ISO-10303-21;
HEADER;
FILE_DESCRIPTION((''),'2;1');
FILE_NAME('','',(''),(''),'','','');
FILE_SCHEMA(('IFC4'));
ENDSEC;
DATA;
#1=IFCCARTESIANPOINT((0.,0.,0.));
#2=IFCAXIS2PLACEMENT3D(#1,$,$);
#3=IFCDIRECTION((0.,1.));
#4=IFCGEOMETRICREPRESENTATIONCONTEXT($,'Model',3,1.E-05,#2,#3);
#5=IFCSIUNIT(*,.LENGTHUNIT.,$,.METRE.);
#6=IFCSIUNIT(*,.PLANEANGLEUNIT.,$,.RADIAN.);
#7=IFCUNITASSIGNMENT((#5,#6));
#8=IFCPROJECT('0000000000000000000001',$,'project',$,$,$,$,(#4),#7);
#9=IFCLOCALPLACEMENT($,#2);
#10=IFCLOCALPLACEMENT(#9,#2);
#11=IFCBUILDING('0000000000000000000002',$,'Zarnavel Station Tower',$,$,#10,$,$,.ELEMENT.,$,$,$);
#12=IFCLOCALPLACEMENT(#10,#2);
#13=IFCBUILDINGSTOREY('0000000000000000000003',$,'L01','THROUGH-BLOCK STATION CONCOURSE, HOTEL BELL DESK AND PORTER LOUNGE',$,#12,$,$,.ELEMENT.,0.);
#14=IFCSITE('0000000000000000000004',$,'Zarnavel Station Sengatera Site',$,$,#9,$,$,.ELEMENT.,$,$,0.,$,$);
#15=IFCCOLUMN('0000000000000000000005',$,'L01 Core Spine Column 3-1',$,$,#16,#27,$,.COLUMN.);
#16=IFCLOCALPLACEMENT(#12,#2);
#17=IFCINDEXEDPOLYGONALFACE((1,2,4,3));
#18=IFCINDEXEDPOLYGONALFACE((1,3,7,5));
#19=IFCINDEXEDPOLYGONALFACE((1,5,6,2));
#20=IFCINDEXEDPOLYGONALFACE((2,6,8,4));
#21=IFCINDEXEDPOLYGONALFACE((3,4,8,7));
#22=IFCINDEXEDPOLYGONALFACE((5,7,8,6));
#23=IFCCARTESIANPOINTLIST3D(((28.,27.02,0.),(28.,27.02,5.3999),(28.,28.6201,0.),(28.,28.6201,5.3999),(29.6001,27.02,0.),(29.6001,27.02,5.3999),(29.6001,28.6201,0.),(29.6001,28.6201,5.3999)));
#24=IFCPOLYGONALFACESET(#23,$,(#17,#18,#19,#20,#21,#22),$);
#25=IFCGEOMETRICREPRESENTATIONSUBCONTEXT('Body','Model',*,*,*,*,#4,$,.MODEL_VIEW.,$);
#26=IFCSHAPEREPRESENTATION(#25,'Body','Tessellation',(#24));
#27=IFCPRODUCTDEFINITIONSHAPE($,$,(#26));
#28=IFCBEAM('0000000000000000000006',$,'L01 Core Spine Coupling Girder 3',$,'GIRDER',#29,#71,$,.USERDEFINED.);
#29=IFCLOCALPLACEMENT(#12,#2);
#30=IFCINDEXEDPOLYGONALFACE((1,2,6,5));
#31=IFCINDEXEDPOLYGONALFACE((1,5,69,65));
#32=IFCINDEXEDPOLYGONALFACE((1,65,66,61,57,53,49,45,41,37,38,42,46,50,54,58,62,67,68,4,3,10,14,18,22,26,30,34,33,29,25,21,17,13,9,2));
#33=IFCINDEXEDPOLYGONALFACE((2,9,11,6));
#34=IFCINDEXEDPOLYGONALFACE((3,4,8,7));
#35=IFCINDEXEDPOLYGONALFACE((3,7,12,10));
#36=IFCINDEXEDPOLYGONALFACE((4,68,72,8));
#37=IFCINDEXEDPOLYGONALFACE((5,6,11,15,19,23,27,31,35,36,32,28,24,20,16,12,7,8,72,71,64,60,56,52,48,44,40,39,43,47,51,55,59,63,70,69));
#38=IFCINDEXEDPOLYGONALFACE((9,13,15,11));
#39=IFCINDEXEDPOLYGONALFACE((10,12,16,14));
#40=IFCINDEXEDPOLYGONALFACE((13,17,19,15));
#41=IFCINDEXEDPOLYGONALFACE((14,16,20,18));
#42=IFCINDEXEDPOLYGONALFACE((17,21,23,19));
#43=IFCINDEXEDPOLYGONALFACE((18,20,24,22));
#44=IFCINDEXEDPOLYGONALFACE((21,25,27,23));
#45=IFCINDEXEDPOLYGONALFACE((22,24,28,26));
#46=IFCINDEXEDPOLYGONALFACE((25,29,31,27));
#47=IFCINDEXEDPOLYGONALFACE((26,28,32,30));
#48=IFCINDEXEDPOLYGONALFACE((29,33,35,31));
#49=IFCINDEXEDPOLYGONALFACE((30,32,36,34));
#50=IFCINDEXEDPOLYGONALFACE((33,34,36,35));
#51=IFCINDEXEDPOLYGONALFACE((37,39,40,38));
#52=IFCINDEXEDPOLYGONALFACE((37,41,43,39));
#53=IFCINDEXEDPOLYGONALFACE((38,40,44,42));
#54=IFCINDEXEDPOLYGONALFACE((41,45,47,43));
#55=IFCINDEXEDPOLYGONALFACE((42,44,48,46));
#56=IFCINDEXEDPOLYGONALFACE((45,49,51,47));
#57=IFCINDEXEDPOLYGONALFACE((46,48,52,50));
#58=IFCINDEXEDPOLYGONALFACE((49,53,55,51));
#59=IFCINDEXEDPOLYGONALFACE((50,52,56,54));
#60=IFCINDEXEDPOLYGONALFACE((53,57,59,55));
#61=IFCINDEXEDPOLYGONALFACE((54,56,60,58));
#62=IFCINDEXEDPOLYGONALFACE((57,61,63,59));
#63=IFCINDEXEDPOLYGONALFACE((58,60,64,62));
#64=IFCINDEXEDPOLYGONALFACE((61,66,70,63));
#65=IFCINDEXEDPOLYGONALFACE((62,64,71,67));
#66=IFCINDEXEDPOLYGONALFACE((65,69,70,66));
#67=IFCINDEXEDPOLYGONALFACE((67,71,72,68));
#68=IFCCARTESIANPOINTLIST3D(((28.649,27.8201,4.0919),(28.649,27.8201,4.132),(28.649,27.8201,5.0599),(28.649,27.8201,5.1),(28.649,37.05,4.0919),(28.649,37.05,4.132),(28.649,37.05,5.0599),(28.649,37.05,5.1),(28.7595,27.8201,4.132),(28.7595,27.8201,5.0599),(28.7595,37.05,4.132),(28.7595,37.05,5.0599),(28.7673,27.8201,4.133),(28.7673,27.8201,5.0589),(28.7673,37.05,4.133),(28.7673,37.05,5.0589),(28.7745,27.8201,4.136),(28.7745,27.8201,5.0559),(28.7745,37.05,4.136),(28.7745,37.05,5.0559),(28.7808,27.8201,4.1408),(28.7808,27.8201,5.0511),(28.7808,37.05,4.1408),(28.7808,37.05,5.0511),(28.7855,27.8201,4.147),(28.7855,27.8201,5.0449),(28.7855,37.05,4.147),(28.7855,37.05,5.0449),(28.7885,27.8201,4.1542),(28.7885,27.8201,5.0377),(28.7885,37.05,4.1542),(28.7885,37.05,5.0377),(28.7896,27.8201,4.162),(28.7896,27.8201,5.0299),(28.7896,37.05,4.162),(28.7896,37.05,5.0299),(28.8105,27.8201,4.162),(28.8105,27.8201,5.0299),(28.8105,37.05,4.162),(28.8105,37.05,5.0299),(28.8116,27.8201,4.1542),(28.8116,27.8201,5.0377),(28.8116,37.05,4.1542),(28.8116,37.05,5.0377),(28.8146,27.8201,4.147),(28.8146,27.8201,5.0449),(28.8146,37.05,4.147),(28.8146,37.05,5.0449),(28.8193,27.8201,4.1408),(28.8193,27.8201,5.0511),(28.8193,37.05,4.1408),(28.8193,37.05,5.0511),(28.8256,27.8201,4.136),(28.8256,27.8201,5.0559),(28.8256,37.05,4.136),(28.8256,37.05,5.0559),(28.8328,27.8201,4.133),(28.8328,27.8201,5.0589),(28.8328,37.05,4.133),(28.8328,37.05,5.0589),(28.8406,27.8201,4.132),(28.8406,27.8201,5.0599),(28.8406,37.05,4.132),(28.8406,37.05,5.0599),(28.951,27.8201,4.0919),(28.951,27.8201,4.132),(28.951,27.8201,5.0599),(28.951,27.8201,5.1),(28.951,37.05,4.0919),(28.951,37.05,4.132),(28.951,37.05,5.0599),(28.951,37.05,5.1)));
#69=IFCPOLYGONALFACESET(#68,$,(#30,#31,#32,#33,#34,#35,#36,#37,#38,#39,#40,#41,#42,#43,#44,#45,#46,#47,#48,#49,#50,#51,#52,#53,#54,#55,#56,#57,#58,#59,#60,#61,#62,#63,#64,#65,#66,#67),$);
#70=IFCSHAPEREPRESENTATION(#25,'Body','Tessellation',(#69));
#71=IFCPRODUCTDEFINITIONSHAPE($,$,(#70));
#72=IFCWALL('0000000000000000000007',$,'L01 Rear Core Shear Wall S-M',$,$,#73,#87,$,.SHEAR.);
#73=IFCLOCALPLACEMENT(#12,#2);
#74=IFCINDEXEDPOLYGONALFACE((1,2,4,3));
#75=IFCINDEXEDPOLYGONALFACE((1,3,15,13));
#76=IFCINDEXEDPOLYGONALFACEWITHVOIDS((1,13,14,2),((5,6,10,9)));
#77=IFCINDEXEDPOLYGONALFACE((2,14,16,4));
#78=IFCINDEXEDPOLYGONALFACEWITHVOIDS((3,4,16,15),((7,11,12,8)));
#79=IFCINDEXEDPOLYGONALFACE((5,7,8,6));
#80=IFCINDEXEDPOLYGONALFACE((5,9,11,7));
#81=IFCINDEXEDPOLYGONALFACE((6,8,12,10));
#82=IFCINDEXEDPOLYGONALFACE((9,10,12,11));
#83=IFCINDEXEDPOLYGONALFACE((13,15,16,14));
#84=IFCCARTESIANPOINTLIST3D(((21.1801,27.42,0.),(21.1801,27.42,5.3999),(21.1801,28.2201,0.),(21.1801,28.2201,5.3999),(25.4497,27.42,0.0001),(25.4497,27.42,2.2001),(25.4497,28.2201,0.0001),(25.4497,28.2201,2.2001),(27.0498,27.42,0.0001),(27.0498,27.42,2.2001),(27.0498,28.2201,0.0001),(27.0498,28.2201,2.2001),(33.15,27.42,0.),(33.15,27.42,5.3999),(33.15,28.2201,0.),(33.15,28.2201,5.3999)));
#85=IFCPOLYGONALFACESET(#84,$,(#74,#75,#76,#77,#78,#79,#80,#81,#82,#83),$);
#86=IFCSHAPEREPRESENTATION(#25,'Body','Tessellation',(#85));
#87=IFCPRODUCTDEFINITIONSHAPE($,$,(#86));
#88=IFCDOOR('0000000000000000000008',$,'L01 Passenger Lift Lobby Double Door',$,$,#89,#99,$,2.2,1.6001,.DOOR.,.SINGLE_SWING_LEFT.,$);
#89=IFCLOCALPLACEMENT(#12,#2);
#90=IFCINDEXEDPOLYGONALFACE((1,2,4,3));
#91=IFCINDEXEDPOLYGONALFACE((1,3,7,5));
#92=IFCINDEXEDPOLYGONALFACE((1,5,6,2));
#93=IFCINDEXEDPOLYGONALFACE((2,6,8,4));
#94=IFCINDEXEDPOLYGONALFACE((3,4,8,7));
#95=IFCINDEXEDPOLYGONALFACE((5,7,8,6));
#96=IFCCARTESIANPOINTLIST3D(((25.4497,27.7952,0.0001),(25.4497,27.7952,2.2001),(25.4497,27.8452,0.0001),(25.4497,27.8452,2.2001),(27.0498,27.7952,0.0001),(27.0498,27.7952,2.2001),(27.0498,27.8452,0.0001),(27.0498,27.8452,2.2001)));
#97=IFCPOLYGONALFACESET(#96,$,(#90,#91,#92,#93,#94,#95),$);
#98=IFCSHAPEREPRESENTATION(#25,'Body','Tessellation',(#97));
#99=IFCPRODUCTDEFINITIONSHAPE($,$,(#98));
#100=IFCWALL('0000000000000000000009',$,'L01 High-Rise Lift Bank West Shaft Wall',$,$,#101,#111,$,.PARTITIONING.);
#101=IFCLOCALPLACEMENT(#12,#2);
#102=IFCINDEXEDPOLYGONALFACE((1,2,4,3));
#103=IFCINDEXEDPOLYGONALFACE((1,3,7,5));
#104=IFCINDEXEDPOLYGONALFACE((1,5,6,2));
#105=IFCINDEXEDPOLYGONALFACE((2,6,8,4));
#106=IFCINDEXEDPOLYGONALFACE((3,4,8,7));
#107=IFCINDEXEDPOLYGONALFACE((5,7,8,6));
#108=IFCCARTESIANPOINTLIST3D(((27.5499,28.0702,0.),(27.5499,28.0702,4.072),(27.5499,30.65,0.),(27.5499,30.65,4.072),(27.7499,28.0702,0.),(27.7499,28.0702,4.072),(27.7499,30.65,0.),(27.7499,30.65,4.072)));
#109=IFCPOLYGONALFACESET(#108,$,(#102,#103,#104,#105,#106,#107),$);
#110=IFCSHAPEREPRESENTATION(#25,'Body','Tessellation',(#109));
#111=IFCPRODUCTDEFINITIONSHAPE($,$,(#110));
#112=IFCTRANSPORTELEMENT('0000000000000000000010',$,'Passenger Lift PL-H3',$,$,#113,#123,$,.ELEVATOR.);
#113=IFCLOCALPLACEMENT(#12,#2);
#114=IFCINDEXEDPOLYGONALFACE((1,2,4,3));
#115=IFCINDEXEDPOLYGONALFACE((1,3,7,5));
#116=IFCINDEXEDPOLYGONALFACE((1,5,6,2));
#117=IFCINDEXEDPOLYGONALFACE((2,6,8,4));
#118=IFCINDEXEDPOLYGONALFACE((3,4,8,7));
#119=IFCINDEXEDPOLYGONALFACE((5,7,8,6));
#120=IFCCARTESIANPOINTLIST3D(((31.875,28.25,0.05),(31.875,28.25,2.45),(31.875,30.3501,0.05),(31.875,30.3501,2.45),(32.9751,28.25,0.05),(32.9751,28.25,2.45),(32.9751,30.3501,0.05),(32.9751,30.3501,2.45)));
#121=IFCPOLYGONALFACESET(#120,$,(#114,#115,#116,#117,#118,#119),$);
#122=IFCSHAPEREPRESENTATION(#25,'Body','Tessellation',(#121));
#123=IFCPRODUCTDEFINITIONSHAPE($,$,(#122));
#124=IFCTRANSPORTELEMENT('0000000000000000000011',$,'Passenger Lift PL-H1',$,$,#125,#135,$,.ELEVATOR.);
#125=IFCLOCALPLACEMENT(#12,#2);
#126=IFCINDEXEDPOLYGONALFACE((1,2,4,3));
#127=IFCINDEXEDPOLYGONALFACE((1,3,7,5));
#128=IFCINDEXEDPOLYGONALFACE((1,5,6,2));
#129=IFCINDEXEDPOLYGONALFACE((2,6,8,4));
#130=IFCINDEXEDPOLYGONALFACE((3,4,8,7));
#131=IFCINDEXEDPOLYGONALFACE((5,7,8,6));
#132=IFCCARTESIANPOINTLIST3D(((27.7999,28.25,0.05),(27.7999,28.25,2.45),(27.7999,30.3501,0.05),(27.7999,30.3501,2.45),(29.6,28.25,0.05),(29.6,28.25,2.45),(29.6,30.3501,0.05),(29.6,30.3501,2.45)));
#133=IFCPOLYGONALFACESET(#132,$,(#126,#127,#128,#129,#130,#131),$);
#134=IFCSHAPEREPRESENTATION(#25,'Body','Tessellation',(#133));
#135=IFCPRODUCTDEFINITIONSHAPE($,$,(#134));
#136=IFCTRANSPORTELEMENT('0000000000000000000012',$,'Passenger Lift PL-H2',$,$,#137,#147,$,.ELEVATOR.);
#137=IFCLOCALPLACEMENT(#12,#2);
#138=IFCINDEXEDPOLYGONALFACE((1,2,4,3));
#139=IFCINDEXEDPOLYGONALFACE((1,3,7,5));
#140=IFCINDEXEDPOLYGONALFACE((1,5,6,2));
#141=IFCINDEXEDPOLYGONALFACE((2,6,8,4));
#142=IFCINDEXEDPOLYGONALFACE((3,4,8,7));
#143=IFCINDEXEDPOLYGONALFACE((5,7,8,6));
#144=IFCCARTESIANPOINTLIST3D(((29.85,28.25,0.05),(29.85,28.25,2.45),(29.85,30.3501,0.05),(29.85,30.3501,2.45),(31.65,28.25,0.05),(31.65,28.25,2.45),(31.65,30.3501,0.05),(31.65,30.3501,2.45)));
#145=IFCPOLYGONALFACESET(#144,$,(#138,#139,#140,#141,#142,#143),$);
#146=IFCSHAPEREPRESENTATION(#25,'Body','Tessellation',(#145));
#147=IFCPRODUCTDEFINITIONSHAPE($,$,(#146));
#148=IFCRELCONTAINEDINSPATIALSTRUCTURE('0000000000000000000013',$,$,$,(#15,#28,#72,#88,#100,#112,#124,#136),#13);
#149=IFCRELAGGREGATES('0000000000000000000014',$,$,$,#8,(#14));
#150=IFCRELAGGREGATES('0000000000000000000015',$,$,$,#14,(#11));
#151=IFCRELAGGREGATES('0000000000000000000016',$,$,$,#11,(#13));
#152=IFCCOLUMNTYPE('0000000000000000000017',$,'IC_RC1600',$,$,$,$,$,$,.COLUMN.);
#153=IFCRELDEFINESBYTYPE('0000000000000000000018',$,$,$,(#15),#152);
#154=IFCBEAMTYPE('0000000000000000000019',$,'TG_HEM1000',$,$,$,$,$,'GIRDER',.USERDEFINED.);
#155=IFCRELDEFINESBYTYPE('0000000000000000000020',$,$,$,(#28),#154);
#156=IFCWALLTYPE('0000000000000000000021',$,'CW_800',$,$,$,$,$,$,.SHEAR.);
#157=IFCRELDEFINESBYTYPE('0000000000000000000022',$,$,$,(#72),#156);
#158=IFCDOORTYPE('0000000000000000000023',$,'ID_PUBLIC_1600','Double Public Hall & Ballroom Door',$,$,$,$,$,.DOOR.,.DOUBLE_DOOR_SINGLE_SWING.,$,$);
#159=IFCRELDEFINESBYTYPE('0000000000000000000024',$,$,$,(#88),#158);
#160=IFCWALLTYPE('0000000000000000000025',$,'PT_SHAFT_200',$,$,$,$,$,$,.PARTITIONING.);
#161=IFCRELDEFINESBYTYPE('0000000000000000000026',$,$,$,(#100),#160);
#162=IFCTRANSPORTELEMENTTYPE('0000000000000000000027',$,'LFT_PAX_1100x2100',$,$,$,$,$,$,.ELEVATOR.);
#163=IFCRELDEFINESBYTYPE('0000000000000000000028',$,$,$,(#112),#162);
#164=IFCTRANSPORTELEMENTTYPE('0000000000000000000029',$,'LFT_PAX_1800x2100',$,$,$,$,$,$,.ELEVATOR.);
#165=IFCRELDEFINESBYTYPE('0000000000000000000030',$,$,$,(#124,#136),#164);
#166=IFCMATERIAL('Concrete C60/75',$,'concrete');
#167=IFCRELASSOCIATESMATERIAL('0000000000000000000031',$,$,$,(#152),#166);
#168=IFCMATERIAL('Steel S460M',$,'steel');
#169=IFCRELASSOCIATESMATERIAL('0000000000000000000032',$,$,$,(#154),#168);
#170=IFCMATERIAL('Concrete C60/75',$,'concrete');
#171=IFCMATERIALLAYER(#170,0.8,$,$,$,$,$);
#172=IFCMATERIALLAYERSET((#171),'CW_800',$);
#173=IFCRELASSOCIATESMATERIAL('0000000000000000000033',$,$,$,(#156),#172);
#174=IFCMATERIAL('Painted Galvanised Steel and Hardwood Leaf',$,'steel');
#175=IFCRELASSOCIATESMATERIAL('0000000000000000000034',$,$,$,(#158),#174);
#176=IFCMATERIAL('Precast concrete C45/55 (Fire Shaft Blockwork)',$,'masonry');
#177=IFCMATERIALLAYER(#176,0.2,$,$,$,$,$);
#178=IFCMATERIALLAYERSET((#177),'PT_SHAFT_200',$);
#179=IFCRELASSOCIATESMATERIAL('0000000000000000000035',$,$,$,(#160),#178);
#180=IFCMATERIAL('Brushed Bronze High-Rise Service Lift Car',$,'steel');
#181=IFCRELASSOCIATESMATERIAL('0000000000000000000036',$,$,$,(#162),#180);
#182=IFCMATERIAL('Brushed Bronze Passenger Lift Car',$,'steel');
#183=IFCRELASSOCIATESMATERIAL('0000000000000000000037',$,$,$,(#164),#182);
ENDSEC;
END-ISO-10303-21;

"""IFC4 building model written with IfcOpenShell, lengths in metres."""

from ifc_helpers import new_model, si_unit, direction, frame, frame_2d, origin, origin_2d, place, context, subcontext, project, spatial, rectangle, i_section, extrude, material, layer, layer_set, material_profile, profile_set, type_object, element, fill, save


model = new_model("IFC4")

# Units and contexts
model_context = context("Model", 3, precision=1e-05, world=origin(), true_north=direction((0.0, 1.0)))
body_context = subcontext(model_context, "Body", "Model", "MODEL_VIEW")
ifc_project = project(units=[si_unit("LENGTHUNIT", "METRE"), si_unit("PLANEANGLEUNIT", "RADIAN")], contexts=[model_context])

# Site, building, storey
site_placement = place(None, origin())
site = spatial("IfcSite", under=ifc_project, at=site_placement, Name="Zarnavel Station Sengatera Site", CompositionType="ELEMENT", RefElevation=0.0)
building_placement = place(site_placement, origin())
building = spatial("IfcBuilding", under=site, at=building_placement, Name="Zarnavel Station Tower", CompositionType="ELEMENT")
storey_placement = place(building_placement, origin())
storey = spatial("IfcBuildingStorey", under=building, at=storey_placement, Name="L01", Description="THROUGH-BLOCK STATION CONCOURSE, HOTEL BELL DESK AND PORTER LOUNGE", CompositionType="ELEMENT", Elevation=0.0)

# Column
ifc_material_1 = material(Name="Concrete C60/75", Category="concrete")
ifc_material_profile_1 = material_profile(ifc_material_1, rectangle(XDim=1.6001, YDim=1.6001, at=origin_2d()), Name="RC1600x1600")
ifc_profile_set_1 = profile_set([ifc_material_profile_1], Name="Concrete C60/75")
column_type = type_object("IfcColumnType", Name="IC_RC1600", PredefinedType="COLUMN", material=ifc_profile_set_1)
column_placement = place(storey_placement, frame((28.8, 27.8201, 0.0), z_axis=(0.0, 0.0, 1.0), x_axis=(1.0, 0.0, 0.0)))
element("IfcColumn", 1, at=column_placement, inside=storey, type_object=column_type, Name="L01 Core Spine Column 3-1", PredefinedType="COLUMN", context=body_context, shape_type="SweptSolid", body=[
    extrude(rectangle(XDim=1.6001, YDim=1.6001, at=origin_2d()), origin(), (0.0, 0.0, 1.0), 5.3999),
])

# Beam
ifc_material_2 = material(Name="Steel S460M", Category="steel")
ifc_material_profile_2 = material_profile(ifc_material_2, i_section(OverallWidth=0.302, OverallDepth=1.0081, WebThickness=0.021, FlangeThickness=0.04, FilletRadius=0.03, at=origin_2d()), Name="HEM1000")
ifc_profile_set_2 = profile_set([ifc_material_profile_2], Name="Steel S460M")
beam_type = type_object("IfcBeamType", Name="TG_HEM1000", ElementType="GIRDER", PredefinedType="USERDEFINED", material=ifc_profile_set_2)
beam_placement = place(storey_placement, frame((28.8, 27.8201, 4.5959), z_axis=(0.0, 1.0, 0.0), x_axis=(-1.0, 0.0, 0.0)))
element("IfcBeam", 2, at=beam_placement, inside=storey, type_object=beam_type, Name="L01 Core Spine Coupling Girder 3", ObjectType="GIRDER", PredefinedType="USERDEFINED", context=body_context, shape_type="SweptSolid", body=[
    extrude(i_section(OverallWidth=0.302, OverallDepth=1.0081, WebThickness=0.021, FlangeThickness=0.04, FilletRadius=0.03, at=origin_2d()), origin(), (0.0, 0.0, 1.0), 9.23),
])

# Wall, opening, door
ifc_material_3 = material(Name="Concrete C60/75", Category="concrete")
ifc_layer_1 = layer(ifc_material_3, 0.8)
ifc_layer_set_1 = layer_set([ifc_layer_1], Name="CW_800")
wall_type_1 = type_object("IfcWallType", Name="CW_800", PredefinedType="SHEAR", material=ifc_layer_set_1)
wall_1_placement = place(storey_placement, frame((33.1499, 27.8201, 0.0), z_axis=(0.0, 0.0, 1.0), x_axis=(-1.0, 0.0, 0.0)))
wall_1 = element("IfcWall", 3, at=wall_1_placement, inside=storey, type_object=wall_type_1, Name="L01 Rear Core Shear Wall S-M", PredefinedType="SHEAR", context=body_context, shape_type="SweptSolid", body=[
    extrude(rectangle(XDim=11.97, YDim=0.8, at=frame_2d((5.9849, 0.0))), origin(), (0.0, 0.0, 1.0), 5.3999),
])
opening_1_placement = place(wall_1_placement, frame((6.1001, 0.0, 0.0)))
opening_1 = element("IfcOpeningElement", 4, at=opening_1_placement, cuts=wall_1, PredefinedType="OPENING", context=body_context, shape_type="SweptSolid", body=[
    extrude(rectangle(XDim=1.6001, YDim=2.2, at=frame_2d((0.8, 1.1001))), frame((0.0, 0.4099, 0.0), z_axis=(0.0, -1.0, 0.0), x_axis=(1.0, 0.0, 0.0)), (0.0, 0.0, 1.0), 0.8201),
])
ifc_material_4 = material(Name="Painted Galvanised Steel and Hardwood Leaf", Category="steel")
door_type_1 = type_object("IfcDoorType", Name="ID_PUBLIC_1600", Description="Double Public Hall & Ballroom Door", OperationType="DOUBLE_DOOR_SINGLE_SWING", PredefinedType="DOOR", material=ifc_material_4)
door_1_placement = place(opening_1_placement, origin())
door_1 = element("IfcDoor", 5, at=door_1_placement, inside=storey, type_object=door_type_1, Name="L01 Passenger Lift Lobby Double Door", OperationType="SINGLE_SWING_LEFT", OverallHeight=2.2, OverallWidth=1.6001, PredefinedType="DOOR", context=body_context, shape_type="SweptSolid", body=[
    extrude(rectangle(XDim=1.6001, YDim=2.2, at=frame_2d((0.8, 1.1001))), frame((0.0, 0.0249, 0.0), z_axis=(0.0, -1.0, 0.0), x_axis=(1.0, 0.0, 0.0)), (0.0, 0.0, 1.0), 0.05),
])
fill(opening_1, door_1)
ifc_material_5 = material(Name="Precast concrete C45/55 (Fire Shaft Blockwork)", Category="masonry")
ifc_layer_2 = layer(ifc_material_5, 0.2)
ifc_layer_set_2 = layer_set([ifc_layer_2], Name="PT_SHAFT_200")
wall_type_2 = type_object("IfcWallType", Name="PT_SHAFT_200", PredefinedType="PARTITIONING", material=ifc_layer_set_2)

# Wall
wall_2_placement = place(storey_placement, frame((27.6499, 28.0701, 0.0), z_axis=(0.0, 0.0, 1.0), x_axis=(0.0, 1.0, 0.0)))
element("IfcWall", 6, at=wall_2_placement, inside=storey, type_object=wall_type_2, Name="L01 High-Rise Lift Bank West Shaft Wall", PredefinedType="PARTITIONING", context=body_context, shape_type="SweptSolid", body=[
    extrude(rectangle(XDim=2.5798, YDim=0.2, at=frame_2d((1.29, 0.0))), origin(), (0.0, 0.0, 1.0), 4.072),
])

# Transport elements
ifc_material_6 = material(Name="Brushed Bronze High-Rise Service Lift Car", Category="steel")
transport_element_type_1 = type_object("IfcTransportElementType", Name="LFT_PAX_1100x2100", PredefinedType="ELEVATOR", material=ifc_material_6)
transport_element_placement = place(storey_placement, frame((32.425, 29.3, 0.05), z_axis=(0.0, 0.0, 1.0), x_axis=(1.0, 0.0, 0.0)))
element("IfcTransportElement", 7, at=transport_element_placement, inside=storey, type_object=transport_element_type_1, Name="Passenger Lift PL-H3", PredefinedType="ELEVATOR", context=body_context, shape_type="SweptSolid", body=[
    extrude(rectangle(XDim=1.1001, YDim=2.1001, at=origin_2d()), origin(), (0.0, 0.0, 1.0), 2.3999),
])
ifc_material_7 = material(Name="Brushed Bronze Passenger Lift Car", Category="steel")
transport_element_type_2 = type_object("IfcTransportElementType", Name="LFT_PAX_1800x2100", PredefinedType="ELEVATOR", material=ifc_material_7)
for number, where, z_axis, x_axis, name in (
    (8, (28.7, 29.3, 0.05), (0.0, 0.0, 1.0), (1.0, 0.0, 0.0), "Passenger Lift PL-H1"),
    (9, (30.75, 29.3, 0.05), (0.0, 0.0, 1.0), (1.0, 0.0, 0.0), "Passenger Lift PL-H2"),
):
    element("IfcTransportElement", number, at=place(storey_placement, frame(where, z_axis=z_axis, x_axis=x_axis)), inside=storey, type_object=transport_element_type_2, Name=name, PredefinedType="ELEVATOR", context=body_context, shape_type="SweptSolid", body=[
        extrude(rectangle(XDim=1.8, YDim=2.1001, at=origin_2d()), origin(), (0.0, 0.0, 1.0), 2.3999),
    ])

save(model, "model.ifc")
